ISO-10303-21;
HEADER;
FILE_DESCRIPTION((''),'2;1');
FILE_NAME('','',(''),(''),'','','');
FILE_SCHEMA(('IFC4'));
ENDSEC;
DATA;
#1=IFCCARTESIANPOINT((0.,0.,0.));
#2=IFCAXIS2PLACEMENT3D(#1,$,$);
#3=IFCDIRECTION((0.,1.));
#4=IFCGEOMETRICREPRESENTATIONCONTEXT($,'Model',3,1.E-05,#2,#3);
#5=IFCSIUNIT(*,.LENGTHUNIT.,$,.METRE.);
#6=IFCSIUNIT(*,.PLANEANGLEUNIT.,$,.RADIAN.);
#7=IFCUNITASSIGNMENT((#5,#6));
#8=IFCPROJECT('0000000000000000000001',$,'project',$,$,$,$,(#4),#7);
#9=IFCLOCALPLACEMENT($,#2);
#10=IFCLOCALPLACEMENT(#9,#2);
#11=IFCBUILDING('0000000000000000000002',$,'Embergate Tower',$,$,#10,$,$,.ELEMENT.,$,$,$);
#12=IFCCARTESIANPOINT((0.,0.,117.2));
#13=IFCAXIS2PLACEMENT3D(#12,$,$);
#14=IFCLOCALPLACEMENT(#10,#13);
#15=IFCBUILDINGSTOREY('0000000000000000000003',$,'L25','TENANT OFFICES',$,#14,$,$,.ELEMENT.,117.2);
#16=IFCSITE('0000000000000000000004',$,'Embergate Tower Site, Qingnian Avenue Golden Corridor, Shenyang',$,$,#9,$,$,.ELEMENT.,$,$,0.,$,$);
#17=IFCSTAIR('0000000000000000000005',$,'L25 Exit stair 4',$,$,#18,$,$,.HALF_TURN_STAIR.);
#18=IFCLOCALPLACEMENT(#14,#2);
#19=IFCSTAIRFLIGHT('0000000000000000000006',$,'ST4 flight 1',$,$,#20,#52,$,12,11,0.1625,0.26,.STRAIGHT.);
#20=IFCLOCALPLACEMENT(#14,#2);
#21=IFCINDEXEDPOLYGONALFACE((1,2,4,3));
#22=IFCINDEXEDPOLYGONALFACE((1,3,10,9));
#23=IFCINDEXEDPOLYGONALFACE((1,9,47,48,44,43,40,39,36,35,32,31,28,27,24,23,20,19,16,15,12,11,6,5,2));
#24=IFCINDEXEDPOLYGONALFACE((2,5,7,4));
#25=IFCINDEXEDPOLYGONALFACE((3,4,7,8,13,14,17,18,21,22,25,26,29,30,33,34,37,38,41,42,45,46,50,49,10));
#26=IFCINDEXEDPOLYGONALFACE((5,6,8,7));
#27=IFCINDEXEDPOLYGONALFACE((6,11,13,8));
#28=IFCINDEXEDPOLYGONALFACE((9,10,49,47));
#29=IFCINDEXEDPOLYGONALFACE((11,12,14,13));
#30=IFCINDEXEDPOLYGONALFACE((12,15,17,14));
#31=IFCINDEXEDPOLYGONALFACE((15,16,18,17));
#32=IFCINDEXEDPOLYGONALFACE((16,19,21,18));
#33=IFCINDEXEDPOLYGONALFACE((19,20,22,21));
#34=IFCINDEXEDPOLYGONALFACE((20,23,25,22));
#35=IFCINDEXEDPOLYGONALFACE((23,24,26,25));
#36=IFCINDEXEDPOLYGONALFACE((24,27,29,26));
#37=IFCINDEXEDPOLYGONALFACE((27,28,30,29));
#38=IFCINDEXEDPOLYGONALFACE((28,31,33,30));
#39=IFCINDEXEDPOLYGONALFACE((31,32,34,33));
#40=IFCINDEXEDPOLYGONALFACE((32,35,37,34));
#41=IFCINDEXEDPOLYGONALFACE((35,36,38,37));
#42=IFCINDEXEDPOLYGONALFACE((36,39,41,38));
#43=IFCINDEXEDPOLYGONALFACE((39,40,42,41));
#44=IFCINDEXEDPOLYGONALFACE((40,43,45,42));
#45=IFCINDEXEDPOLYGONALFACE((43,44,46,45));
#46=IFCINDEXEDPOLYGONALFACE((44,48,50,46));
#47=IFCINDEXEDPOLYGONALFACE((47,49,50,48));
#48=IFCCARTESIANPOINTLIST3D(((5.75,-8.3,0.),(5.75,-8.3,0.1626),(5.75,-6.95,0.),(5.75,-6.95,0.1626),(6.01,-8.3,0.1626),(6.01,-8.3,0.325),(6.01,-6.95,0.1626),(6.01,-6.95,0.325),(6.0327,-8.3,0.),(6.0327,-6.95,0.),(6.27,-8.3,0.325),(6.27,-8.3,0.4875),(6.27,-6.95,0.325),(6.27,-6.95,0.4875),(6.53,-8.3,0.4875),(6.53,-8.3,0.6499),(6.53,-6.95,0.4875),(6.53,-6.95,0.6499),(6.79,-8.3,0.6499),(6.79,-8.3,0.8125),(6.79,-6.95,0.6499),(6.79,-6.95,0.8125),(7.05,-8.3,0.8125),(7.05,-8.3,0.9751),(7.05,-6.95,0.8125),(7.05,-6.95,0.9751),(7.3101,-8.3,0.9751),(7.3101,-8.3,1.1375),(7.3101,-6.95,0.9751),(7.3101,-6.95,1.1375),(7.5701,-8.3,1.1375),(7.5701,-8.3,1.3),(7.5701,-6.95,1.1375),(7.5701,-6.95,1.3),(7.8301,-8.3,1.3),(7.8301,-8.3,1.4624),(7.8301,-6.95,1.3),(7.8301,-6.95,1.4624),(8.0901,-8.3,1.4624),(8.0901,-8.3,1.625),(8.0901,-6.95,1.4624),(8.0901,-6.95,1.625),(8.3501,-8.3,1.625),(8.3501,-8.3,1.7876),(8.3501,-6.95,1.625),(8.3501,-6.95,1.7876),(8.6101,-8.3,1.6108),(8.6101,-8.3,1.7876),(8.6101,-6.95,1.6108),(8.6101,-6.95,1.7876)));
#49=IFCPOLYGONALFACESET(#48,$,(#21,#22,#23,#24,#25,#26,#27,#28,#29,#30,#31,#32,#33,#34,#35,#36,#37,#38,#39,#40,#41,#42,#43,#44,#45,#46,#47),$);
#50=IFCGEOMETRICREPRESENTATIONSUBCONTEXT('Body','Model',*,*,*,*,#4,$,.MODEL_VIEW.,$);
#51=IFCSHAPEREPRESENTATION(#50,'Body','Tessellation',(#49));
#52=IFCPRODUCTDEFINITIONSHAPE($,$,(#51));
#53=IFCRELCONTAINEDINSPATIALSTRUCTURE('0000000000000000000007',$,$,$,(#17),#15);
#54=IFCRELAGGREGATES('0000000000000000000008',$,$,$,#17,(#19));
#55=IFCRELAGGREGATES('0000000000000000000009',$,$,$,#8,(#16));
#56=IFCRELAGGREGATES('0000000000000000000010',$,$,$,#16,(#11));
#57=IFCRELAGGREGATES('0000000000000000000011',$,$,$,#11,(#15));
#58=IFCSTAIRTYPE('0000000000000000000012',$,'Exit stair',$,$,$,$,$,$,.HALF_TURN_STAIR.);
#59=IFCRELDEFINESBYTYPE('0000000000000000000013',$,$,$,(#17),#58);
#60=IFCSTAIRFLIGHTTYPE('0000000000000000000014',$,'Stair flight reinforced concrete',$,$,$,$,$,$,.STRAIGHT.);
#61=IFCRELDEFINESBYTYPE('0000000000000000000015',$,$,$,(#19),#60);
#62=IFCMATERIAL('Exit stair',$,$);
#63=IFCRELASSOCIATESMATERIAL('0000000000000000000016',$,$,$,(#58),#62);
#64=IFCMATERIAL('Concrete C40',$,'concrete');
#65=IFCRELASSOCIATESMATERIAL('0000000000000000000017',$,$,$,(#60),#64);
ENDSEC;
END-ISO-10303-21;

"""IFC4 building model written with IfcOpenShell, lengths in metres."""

from ifc_helpers import new_model, si_unit, direction, frame, origin, place, context, subcontext, project, spatial, polyline, outline, extrude, source, transform, mapped, material, type_object, element, aggregate, save


model = new_model("IFC4")

# Units and contexts
model_context = context("Model", 3, precision=1e-05, world=origin(), true_north=direction((0.0, 1.0)))
body_context = subcontext(model_context, "Body", "Model", "MODEL_VIEW")
ifc_project = project(units=[si_unit("LENGTHUNIT", "METRE"), si_unit("PLANEANGLEUNIT", "RADIAN")], contexts=[model_context])

# Site, building, storey
site_placement = place(None, origin())
site = spatial("IfcSite", under=ifc_project, at=site_placement, Name="Embergate Tower Site, Qingnian Avenue Golden Corridor, Shenyang", CompositionType="ELEMENT", RefElevation=0.0)
building_placement = place(site_placement, origin())
building = spatial("IfcBuilding", under=site, at=building_placement, Name="Embergate Tower", CompositionType="ELEMENT")
storey_placement = place(building_placement, frame((0.0, 0.0, 117.2)))
storey = spatial("IfcBuildingStorey", under=building, at=storey_placement, Name="L25", Description="TENANT OFFICES", CompositionType="ELEMENT", Elevation=117.2)

# Stair, stair flight
ifc_material_1 = material(Name="Exit stair")
stair_type = type_object("IfcStairType", Name="Exit stair", PredefinedType="HALF_TURN_STAIR", material=ifc_material_1)
stair_placement = place(storey_placement, origin())
stair = element("IfcStair", 1, at=stair_placement, inside=storey, type_object=stair_type, Name="L25 Exit stair 4", PredefinedType="HALF_TURN_STAIR")
ifc_material_2 = material(Name="Concrete C40", Category="concrete")
stair_flight_type = type_object("IfcStairFlightType", Name="Stair flight reinforced concrete", PredefinedType="STRAIGHT", material=ifc_material_2)
shared_shape_1 = source(origin(), body_context, "Body", "SweptSolid", [
    extrude(outline(polyline([(0.0, 0.0), (0.0, 0.1626), (0.26, 0.1626), (0.26, 0.325), (0.52, 0.325), (0.52, 0.4875), (0.78, 0.4875), (0.78, 0.6499), (1.04, 0.6499), (1.04, 0.8125), (1.3, 0.8125), (1.3, 0.9751), (1.5601, 0.9751), (1.5601, 1.1375), (1.8201, 1.1375), (1.8201, 1.3), (2.0801, 1.3), (2.0801, 1.4624), (2.3401, 1.4624), (2.3401, 1.625), (2.6001, 1.625), (2.6001, 1.7876), (2.8601, 1.7876), (2.8601, 1.95), (2.8601, 1.6108), (0.2827, 0.0), (0.0, 0.0)])), frame((0.0, 0.675, 0.0), z_axis=(0.0, -1.0, 0.0), x_axis=(1.0, 0.0, 0.0)), (0.0, 0.0, 1.0), 1.3501),
])
stair_flight_placement = place(storey_placement, frame((5.75, -7.625, 0.0), z_axis=(0.0, 0.0, 1.0), x_axis=(1.0, 0.0, 0.0)))
stair_flight = element("IfcStairFlight", 2, at=stair_flight_placement, type_object=stair_flight_type, Name="ST4 flight 1", NumberOfRisers=12, NumberOfTreads=11, PredefinedType="STRAIGHT", RiserHeight=0.1625, TreadLength=0.26, context=body_context, shape_type="MappedRepresentation", body=[
    mapped(shared_shape_1, transform((0.0, 0.0, 0.0))),
])
aggregate(stair, [stair_flight])

save(model, "model.ifc")
